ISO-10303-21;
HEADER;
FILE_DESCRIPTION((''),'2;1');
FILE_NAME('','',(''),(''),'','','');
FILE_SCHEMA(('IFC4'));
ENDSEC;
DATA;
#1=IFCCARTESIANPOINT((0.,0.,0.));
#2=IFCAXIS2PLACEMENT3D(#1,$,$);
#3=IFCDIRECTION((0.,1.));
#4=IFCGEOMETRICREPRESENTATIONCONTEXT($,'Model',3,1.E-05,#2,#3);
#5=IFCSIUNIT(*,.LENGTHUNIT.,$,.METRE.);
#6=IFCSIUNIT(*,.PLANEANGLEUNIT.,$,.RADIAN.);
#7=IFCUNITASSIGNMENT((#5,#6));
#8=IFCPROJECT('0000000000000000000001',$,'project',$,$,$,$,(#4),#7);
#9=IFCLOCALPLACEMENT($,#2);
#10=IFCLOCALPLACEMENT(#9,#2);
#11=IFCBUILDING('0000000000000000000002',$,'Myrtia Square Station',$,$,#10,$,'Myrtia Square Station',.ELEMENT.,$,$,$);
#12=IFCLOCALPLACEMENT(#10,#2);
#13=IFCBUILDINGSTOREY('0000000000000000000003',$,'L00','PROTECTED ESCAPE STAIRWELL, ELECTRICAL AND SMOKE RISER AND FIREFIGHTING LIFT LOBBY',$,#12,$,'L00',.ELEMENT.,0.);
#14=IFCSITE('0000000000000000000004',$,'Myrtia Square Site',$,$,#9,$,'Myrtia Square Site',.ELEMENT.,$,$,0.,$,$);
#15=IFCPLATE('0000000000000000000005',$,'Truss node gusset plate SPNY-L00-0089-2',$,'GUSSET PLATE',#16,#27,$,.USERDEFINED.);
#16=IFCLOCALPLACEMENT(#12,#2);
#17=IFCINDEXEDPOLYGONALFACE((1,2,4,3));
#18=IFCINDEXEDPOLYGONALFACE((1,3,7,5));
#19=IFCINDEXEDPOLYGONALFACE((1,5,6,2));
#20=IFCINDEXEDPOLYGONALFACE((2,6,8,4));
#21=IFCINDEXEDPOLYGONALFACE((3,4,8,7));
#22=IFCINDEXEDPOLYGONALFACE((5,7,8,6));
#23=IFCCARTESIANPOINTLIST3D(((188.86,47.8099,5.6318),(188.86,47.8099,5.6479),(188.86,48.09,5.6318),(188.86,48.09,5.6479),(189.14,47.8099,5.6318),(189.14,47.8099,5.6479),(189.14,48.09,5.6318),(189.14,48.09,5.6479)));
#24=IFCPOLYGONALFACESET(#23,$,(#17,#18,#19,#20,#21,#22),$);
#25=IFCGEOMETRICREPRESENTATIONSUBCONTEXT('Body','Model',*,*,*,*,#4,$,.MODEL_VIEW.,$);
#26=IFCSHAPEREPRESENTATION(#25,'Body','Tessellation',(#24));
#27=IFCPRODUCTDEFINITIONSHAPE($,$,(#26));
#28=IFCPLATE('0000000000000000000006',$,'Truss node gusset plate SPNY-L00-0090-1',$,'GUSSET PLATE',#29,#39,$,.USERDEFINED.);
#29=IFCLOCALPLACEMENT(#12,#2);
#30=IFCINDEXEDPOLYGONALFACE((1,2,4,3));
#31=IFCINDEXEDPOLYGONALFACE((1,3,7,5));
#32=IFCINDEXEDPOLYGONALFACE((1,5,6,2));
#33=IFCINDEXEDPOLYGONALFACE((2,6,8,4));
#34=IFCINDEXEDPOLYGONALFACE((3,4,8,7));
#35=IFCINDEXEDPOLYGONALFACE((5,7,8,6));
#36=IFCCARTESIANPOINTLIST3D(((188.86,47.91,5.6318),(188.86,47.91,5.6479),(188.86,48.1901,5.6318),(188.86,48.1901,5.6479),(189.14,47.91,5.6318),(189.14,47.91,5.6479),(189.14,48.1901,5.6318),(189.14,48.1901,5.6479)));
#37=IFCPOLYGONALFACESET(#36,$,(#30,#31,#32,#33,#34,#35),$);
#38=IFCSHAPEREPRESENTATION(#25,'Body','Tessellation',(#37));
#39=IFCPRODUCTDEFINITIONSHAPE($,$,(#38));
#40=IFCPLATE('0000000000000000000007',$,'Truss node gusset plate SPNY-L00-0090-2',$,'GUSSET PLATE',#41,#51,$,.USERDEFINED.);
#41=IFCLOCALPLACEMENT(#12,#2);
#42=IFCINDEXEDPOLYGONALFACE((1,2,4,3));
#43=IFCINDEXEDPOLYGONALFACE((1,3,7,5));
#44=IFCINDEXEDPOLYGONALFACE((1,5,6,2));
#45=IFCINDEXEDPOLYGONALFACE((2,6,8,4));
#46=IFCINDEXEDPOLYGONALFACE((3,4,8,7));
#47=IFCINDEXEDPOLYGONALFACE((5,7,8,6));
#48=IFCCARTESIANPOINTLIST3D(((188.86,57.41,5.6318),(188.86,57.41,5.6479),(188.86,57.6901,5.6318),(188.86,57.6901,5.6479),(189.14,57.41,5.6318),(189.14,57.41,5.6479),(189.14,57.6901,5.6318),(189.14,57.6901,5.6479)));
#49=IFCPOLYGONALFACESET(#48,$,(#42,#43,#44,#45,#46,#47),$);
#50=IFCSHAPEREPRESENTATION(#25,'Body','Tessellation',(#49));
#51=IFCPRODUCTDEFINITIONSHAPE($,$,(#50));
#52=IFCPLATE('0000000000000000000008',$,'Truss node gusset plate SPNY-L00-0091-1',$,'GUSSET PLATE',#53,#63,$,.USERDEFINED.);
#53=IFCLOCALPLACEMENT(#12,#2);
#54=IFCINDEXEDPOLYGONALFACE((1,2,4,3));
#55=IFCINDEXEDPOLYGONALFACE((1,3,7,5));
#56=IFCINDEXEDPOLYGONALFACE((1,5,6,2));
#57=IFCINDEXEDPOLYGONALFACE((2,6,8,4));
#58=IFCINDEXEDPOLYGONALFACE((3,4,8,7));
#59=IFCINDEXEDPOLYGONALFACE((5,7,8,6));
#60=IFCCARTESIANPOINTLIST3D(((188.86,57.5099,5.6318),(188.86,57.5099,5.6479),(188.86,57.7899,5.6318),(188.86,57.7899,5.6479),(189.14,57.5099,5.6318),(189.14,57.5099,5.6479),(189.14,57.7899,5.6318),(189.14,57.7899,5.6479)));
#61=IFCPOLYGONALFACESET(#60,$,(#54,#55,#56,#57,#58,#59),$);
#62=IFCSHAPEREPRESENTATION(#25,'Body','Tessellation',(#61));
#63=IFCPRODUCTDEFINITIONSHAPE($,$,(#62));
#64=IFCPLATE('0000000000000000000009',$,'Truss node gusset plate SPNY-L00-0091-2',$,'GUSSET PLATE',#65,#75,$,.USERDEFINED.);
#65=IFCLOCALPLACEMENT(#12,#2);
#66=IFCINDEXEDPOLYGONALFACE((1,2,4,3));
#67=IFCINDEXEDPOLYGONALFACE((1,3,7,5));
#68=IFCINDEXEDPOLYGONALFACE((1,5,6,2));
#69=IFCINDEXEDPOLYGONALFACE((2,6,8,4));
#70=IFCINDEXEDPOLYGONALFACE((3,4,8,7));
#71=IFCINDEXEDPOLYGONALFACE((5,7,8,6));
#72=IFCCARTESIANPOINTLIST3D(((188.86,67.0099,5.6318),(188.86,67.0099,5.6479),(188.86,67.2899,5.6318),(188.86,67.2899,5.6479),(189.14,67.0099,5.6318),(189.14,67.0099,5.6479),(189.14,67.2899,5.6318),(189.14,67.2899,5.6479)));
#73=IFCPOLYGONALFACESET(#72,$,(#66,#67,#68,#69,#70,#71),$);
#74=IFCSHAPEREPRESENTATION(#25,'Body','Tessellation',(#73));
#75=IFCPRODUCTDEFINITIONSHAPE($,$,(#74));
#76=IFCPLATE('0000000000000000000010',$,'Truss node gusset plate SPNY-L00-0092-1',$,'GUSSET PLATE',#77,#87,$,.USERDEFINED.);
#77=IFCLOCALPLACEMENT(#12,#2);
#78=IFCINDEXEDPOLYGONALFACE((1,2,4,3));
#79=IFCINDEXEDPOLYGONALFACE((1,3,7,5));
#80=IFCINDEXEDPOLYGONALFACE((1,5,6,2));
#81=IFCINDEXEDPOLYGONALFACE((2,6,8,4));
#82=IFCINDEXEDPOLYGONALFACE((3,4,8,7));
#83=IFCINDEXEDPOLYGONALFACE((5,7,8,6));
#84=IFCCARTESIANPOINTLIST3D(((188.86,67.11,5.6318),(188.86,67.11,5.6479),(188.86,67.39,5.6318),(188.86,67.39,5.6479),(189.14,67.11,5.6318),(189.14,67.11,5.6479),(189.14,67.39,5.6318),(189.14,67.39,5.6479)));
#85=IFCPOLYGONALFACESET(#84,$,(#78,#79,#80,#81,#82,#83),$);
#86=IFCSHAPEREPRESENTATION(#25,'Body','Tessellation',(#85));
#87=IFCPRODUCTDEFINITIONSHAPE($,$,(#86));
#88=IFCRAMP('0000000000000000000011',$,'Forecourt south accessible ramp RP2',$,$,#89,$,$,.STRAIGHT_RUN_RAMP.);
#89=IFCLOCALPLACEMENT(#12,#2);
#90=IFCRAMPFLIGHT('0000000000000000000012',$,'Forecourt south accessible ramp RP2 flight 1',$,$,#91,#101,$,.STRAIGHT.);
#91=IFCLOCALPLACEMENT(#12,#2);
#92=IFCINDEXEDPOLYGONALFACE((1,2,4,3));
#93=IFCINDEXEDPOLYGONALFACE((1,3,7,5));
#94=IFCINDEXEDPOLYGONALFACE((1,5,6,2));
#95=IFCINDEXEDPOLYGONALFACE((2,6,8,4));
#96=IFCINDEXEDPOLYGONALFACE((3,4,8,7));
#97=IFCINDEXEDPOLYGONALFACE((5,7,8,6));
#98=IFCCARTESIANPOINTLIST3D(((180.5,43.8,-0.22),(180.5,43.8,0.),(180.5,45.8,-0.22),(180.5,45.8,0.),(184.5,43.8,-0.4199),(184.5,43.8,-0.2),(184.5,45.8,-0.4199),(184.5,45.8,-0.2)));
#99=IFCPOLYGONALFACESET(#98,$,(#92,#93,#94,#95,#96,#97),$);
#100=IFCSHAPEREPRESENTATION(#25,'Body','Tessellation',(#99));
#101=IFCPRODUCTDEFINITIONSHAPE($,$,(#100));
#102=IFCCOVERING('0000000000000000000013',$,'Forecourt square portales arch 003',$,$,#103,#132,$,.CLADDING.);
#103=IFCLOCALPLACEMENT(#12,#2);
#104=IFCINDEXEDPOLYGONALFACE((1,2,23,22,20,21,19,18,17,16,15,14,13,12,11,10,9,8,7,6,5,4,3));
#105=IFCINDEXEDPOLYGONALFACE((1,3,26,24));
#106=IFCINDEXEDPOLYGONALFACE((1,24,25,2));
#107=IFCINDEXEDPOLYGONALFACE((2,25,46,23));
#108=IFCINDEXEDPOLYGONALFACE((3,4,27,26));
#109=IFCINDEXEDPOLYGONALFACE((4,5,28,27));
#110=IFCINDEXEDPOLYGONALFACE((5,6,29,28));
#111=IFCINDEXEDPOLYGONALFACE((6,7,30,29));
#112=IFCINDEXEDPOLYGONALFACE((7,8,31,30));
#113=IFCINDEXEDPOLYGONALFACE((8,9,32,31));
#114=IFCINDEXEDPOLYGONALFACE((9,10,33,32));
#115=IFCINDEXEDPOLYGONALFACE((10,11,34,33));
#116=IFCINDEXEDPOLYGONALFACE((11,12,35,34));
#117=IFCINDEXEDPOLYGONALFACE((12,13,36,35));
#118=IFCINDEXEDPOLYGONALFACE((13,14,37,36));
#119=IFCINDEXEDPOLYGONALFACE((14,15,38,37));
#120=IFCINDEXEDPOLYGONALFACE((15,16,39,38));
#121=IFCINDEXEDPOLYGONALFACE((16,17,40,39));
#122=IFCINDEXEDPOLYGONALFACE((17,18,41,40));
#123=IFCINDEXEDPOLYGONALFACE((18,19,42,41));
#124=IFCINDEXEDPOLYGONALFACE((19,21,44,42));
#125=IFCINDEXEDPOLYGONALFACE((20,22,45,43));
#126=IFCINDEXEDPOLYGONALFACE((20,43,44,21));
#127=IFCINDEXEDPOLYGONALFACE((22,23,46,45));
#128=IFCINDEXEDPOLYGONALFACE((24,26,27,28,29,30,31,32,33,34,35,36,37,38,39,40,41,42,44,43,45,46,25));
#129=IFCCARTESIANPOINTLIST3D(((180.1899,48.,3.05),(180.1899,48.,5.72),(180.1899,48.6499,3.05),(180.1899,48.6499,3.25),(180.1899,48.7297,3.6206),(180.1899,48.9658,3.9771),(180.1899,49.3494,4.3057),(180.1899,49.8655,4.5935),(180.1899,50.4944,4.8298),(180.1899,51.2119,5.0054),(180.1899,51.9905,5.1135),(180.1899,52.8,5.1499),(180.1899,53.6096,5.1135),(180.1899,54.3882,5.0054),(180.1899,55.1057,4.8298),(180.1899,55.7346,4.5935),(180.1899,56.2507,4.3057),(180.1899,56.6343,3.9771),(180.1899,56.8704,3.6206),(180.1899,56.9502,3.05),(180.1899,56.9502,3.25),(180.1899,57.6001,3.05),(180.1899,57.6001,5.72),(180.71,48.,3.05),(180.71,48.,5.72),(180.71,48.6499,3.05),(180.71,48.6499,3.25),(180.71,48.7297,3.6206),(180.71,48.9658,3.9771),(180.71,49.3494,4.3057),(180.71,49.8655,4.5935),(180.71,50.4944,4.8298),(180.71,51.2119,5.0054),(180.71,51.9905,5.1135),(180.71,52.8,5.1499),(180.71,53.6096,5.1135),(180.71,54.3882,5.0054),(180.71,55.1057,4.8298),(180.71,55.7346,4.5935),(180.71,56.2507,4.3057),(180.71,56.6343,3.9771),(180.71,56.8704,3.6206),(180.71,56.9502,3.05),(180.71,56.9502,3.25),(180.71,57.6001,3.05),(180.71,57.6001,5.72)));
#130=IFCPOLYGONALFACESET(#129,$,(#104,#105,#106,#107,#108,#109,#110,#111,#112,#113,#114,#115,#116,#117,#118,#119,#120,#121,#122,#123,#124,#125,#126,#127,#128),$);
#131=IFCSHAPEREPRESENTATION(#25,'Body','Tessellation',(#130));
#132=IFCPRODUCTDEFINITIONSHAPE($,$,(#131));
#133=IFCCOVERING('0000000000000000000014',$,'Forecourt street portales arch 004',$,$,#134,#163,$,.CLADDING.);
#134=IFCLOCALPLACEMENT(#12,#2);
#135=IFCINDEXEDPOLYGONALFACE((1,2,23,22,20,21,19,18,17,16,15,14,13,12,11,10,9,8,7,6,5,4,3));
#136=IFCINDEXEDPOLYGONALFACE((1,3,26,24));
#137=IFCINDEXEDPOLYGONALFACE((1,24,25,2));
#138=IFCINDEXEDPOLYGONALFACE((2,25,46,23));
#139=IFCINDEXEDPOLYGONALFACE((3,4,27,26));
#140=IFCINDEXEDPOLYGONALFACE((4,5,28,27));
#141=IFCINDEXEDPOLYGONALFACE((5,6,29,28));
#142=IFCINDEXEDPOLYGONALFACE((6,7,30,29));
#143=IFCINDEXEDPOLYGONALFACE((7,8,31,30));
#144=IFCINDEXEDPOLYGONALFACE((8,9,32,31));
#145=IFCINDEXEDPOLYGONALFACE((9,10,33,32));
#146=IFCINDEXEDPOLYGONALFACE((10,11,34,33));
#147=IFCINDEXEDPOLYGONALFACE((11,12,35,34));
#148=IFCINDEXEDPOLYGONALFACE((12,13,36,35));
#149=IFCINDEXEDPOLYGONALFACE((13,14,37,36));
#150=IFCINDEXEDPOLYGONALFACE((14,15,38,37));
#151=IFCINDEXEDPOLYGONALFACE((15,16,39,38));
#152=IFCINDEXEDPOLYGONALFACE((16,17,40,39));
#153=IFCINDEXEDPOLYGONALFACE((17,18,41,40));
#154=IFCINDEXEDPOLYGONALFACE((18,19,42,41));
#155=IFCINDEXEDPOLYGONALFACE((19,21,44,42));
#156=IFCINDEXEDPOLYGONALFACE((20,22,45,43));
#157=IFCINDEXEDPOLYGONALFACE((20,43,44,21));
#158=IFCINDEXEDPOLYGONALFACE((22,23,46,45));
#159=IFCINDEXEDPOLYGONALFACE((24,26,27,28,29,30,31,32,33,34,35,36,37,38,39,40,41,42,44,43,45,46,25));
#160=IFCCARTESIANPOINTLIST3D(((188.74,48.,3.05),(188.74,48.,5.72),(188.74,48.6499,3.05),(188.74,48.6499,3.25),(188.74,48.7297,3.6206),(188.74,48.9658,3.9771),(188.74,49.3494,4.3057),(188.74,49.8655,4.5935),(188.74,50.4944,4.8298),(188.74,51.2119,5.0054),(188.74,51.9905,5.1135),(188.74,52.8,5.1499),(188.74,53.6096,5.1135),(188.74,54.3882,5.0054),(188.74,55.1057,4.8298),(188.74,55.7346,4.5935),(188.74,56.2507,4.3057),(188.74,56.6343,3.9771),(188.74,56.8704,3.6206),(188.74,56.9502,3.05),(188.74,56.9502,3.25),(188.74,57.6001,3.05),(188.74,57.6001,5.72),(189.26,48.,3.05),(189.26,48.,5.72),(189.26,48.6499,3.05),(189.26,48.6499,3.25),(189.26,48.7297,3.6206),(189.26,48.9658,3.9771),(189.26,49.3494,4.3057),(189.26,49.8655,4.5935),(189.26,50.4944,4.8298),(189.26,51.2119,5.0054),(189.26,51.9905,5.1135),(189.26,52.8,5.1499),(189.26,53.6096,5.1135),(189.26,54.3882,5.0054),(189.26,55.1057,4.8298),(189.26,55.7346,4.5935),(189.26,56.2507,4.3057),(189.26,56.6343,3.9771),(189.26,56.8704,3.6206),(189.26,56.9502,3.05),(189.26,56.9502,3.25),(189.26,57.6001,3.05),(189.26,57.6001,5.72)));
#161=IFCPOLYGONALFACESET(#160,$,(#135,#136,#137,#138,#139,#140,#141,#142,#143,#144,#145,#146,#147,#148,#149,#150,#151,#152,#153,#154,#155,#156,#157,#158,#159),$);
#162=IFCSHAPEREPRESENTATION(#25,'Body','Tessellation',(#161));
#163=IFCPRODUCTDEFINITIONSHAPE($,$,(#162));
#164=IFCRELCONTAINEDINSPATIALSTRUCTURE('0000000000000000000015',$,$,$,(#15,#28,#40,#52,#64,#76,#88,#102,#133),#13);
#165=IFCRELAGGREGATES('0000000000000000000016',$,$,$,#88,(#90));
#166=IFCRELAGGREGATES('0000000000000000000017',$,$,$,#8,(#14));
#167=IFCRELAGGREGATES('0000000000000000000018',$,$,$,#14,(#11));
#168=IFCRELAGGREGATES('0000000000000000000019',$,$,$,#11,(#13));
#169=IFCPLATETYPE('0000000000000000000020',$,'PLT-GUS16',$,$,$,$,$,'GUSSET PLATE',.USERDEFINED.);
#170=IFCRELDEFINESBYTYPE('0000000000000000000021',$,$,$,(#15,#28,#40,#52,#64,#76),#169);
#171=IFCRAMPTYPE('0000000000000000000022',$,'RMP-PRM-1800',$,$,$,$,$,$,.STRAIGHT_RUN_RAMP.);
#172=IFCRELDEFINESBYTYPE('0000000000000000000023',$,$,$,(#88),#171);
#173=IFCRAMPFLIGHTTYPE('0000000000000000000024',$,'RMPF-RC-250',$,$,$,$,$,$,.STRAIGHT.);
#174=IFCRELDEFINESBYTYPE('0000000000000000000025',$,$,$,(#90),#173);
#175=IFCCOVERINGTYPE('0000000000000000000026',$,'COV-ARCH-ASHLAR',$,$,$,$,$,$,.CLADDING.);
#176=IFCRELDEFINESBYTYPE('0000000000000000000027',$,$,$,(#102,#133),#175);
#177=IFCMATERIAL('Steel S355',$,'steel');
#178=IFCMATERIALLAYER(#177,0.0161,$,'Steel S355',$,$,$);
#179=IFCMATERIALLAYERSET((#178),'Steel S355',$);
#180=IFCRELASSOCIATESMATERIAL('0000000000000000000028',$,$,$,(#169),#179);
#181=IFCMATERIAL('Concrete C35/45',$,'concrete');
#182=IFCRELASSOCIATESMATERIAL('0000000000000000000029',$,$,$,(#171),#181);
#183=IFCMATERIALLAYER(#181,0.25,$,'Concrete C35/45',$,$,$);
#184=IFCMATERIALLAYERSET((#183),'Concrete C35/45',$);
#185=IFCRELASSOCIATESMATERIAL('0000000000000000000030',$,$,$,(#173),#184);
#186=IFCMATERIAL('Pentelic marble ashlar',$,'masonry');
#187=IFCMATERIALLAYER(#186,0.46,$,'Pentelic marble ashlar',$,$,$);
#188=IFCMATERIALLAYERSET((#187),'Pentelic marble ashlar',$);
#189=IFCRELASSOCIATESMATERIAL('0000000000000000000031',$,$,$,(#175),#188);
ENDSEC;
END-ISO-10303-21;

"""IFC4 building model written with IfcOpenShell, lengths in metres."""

from ifc_helpers import new_model, si_unit, direction, frame, origin, origin_2d, place, context, subcontext, project, spatial, polyline, rectangle, outline, extrude, material, layer, layer_set, type_object, element, aggregate, save


model = new_model("IFC4")

# Units and contexts
model_context = context("Model", 3, precision=1e-05, world=origin(), true_north=direction((0.0, 1.0)))
body_context = subcontext(model_context, "Body", "Model", "MODEL_VIEW")
ifc_project = project(units=[si_unit("LENGTHUNIT", "METRE"), si_unit("PLANEANGLEUNIT", "RADIAN")], contexts=[model_context])

# Site, building, storey
site_placement = place(None, origin())
site = spatial("IfcSite", under=ifc_project, at=site_placement, Name="Myrtia Square Site", LongName="Myrtia Square Site", CompositionType="ELEMENT", RefElevation=0.0)
building_placement = place(site_placement, origin())
building = spatial("IfcBuilding", under=site, at=building_placement, Name="Myrtia Square Station", LongName="Myrtia Square Station", CompositionType="ELEMENT")
storey_placement = place(building_placement, origin())
storey = spatial("IfcBuildingStorey", under=building, at=storey_placement, Name="L00", Description="PROTECTED ESCAPE STAIRWELL, ELECTRICAL AND SMOKE RISER AND FIREFIGHTING LIFT LOBBY", LongName="L00", CompositionType="ELEMENT", Elevation=0.0)

# Shared definitions
ifc_material_1 = material(Name="Concrete C35/45", Category="concrete")

# Shared definitions
ifc_material_2 = material(Name="Steel S355", Category="steel")

# Plates
ifc_layer_1 = layer(ifc_material_2, 0.0161, Name="Steel S355")
ifc_layer_set_1 = layer_set([ifc_layer_1], Name="Steel S355")
plate_type = type_object("IfcPlateType", Name="PLT-GUS16", ElementType="GUSSET PLATE", PredefinedType="USERDEFINED", material=ifc_layer_set_1)
for number, where, z_axis, x_axis, name in (
    (1, (189.0, 47.95, 5.6318), (0.0, 0.0, 1.0), (0.0, 1.0, 0.0), "Truss node gusset plate SPNY-L00-0089-2"),
    (2, (189.0, 48.05, 5.6318), (0.0, 0.0, 1.0), (0.0, 1.0, 0.0), "Truss node gusset plate SPNY-L00-0090-1"),
    (3, (189.0, 57.55, 5.6318), (0.0, 0.0, 1.0), (0.0, 1.0, 0.0), "Truss node gusset plate SPNY-L00-0090-2"),
    (4, (189.0, 57.6499, 5.6318), (0.0, 0.0, 1.0), (0.0, 1.0, 0.0), "Truss node gusset plate SPNY-L00-0091-1"),
    (5, (189.0, 67.1499, 5.6318), (0.0, 0.0, 1.0), (0.0, 1.0, 0.0), "Truss node gusset plate SPNY-L00-0091-2"),
    (6, (189.0, 67.25, 5.6318), (0.0, 0.0, 1.0), (0.0, 1.0, 0.0), "Truss node gusset plate SPNY-L00-0092-1"),
):
    element("IfcPlate", number, at=place(storey_placement, frame(where, z_axis=z_axis, x_axis=x_axis)), inside=storey, type_object=plate_type, Name=name, ObjectType="GUSSET PLATE", PredefinedType="USERDEFINED", context=body_context, shape_type="SweptSolid", body=[
        extrude(rectangle(XDim=0.28, YDim=0.28, at=origin_2d()), origin(), (0.0, 0.0, 1.0), 0.0161),
    ])

# Ramp, ramp flight
ramp_type = type_object("IfcRampType", Name="RMP-PRM-1800", PredefinedType="STRAIGHT_RUN_RAMP", material=ifc_material_1)
ramp_placement = place(storey_placement, origin())
ramp = element("IfcRamp", 7, at=ramp_placement, inside=storey, type_object=ramp_type, Name="Forecourt south accessible ramp RP2", PredefinedType="STRAIGHT_RUN_RAMP")
ifc_layer_2 = layer(ifc_material_1, 0.25, Name="Concrete C35/45")
ifc_layer_set_2 = layer_set([ifc_layer_2], Name="Concrete C35/45")
ramp_flight_type = type_object("IfcRampFlightType", Name="RMPF-RC-250", PredefinedType="STRAIGHT", material=ifc_layer_set_2)
ramp_flight_placement = place(storey_placement, frame((184.5, 44.8, -0.2), z_axis=(0.0, 0.0, 1.0), x_axis=(-1.0, 0.0, 0.0)))
ramp_flight = element("IfcRampFlight", 8, at=ramp_flight_placement, type_object=ramp_flight_type, Name="Forecourt south accessible ramp RP2 flight 1", PredefinedType="STRAIGHT", context=body_context, shape_type="SweptSolid", body=[
    extrude(outline(polyline([(0.0, 0.0), (4.0, 0.2), (4.0, -0.02), (0.0, -0.22), (0.0, 0.0)])), frame((0.0, 1.0, 0.0), z_axis=(0.0, -1.0, 0.0), x_axis=(1.0, 0.0, 0.0)), (0.0, 0.0, 1.0), 2.0),
])
aggregate(ramp, [ramp_flight])

# Coverings
ifc_material_3 = material(Name="Pentelic marble ashlar", Category="masonry")
ifc_layer_3 = layer(ifc_material_3, 0.46, Name="Pentelic marble ashlar")
ifc_layer_set_3 = layer_set([ifc_layer_3], Name="Pentelic marble ashlar")
covering_type = type_object("IfcCoveringType", Name="COV-ARCH-ASHLAR", PredefinedType="CLADDING", material=ifc_layer_set_3)
for number, where, z_axis, x_axis, name in (
    (9, (180.45, 48.0, 3.05), (0.0, 0.0, 1.0), (0.0, 1.0, 0.0), "Forecourt square portales arch 003"),
    (10, (189.0, 48.0, 3.05), (0.0, 0.0, 1.0), (0.0, 1.0, 0.0), "Forecourt street portales arch 004"),
):
    element("IfcCovering", number, at=place(storey_placement, frame(where, z_axis=z_axis, x_axis=x_axis)), inside=storey, type_object=covering_type, Name=name, PredefinedType="CLADDING", context=body_context, shape_type="SweptSolid", body=[
        extrude(outline(polyline([(0.0, 0.0), (0.6499, 0.0), (0.6499, 0.2), (0.7297, 0.5706), (0.9658, 0.927), (1.3494, 1.2556), (1.8655, 1.5435), (2.4944, 1.7798), (3.2119, 1.9553), (3.9905, 2.0635), (4.8, 2.0999), (5.6096, 2.0635), (6.3882, 1.9553), (7.1057, 1.7798), (7.7346, 1.5435), (8.2507, 1.2556), (8.6343, 0.927), (8.8704, 0.5706), (8.9502, 0.2), (8.9502, 0.0), (9.6001, 0.0), (9.6001, 2.6699), (0.0, 2.6699), (0.0, 0.0)])), frame((0.0, 0.26, 0.0), z_axis=(0.0, -1.0, 0.0), x_axis=(1.0, 0.0, 0.0)), (0.0, 0.0, 1.0), 0.52),
    ])

save(model, "model.ifc")
